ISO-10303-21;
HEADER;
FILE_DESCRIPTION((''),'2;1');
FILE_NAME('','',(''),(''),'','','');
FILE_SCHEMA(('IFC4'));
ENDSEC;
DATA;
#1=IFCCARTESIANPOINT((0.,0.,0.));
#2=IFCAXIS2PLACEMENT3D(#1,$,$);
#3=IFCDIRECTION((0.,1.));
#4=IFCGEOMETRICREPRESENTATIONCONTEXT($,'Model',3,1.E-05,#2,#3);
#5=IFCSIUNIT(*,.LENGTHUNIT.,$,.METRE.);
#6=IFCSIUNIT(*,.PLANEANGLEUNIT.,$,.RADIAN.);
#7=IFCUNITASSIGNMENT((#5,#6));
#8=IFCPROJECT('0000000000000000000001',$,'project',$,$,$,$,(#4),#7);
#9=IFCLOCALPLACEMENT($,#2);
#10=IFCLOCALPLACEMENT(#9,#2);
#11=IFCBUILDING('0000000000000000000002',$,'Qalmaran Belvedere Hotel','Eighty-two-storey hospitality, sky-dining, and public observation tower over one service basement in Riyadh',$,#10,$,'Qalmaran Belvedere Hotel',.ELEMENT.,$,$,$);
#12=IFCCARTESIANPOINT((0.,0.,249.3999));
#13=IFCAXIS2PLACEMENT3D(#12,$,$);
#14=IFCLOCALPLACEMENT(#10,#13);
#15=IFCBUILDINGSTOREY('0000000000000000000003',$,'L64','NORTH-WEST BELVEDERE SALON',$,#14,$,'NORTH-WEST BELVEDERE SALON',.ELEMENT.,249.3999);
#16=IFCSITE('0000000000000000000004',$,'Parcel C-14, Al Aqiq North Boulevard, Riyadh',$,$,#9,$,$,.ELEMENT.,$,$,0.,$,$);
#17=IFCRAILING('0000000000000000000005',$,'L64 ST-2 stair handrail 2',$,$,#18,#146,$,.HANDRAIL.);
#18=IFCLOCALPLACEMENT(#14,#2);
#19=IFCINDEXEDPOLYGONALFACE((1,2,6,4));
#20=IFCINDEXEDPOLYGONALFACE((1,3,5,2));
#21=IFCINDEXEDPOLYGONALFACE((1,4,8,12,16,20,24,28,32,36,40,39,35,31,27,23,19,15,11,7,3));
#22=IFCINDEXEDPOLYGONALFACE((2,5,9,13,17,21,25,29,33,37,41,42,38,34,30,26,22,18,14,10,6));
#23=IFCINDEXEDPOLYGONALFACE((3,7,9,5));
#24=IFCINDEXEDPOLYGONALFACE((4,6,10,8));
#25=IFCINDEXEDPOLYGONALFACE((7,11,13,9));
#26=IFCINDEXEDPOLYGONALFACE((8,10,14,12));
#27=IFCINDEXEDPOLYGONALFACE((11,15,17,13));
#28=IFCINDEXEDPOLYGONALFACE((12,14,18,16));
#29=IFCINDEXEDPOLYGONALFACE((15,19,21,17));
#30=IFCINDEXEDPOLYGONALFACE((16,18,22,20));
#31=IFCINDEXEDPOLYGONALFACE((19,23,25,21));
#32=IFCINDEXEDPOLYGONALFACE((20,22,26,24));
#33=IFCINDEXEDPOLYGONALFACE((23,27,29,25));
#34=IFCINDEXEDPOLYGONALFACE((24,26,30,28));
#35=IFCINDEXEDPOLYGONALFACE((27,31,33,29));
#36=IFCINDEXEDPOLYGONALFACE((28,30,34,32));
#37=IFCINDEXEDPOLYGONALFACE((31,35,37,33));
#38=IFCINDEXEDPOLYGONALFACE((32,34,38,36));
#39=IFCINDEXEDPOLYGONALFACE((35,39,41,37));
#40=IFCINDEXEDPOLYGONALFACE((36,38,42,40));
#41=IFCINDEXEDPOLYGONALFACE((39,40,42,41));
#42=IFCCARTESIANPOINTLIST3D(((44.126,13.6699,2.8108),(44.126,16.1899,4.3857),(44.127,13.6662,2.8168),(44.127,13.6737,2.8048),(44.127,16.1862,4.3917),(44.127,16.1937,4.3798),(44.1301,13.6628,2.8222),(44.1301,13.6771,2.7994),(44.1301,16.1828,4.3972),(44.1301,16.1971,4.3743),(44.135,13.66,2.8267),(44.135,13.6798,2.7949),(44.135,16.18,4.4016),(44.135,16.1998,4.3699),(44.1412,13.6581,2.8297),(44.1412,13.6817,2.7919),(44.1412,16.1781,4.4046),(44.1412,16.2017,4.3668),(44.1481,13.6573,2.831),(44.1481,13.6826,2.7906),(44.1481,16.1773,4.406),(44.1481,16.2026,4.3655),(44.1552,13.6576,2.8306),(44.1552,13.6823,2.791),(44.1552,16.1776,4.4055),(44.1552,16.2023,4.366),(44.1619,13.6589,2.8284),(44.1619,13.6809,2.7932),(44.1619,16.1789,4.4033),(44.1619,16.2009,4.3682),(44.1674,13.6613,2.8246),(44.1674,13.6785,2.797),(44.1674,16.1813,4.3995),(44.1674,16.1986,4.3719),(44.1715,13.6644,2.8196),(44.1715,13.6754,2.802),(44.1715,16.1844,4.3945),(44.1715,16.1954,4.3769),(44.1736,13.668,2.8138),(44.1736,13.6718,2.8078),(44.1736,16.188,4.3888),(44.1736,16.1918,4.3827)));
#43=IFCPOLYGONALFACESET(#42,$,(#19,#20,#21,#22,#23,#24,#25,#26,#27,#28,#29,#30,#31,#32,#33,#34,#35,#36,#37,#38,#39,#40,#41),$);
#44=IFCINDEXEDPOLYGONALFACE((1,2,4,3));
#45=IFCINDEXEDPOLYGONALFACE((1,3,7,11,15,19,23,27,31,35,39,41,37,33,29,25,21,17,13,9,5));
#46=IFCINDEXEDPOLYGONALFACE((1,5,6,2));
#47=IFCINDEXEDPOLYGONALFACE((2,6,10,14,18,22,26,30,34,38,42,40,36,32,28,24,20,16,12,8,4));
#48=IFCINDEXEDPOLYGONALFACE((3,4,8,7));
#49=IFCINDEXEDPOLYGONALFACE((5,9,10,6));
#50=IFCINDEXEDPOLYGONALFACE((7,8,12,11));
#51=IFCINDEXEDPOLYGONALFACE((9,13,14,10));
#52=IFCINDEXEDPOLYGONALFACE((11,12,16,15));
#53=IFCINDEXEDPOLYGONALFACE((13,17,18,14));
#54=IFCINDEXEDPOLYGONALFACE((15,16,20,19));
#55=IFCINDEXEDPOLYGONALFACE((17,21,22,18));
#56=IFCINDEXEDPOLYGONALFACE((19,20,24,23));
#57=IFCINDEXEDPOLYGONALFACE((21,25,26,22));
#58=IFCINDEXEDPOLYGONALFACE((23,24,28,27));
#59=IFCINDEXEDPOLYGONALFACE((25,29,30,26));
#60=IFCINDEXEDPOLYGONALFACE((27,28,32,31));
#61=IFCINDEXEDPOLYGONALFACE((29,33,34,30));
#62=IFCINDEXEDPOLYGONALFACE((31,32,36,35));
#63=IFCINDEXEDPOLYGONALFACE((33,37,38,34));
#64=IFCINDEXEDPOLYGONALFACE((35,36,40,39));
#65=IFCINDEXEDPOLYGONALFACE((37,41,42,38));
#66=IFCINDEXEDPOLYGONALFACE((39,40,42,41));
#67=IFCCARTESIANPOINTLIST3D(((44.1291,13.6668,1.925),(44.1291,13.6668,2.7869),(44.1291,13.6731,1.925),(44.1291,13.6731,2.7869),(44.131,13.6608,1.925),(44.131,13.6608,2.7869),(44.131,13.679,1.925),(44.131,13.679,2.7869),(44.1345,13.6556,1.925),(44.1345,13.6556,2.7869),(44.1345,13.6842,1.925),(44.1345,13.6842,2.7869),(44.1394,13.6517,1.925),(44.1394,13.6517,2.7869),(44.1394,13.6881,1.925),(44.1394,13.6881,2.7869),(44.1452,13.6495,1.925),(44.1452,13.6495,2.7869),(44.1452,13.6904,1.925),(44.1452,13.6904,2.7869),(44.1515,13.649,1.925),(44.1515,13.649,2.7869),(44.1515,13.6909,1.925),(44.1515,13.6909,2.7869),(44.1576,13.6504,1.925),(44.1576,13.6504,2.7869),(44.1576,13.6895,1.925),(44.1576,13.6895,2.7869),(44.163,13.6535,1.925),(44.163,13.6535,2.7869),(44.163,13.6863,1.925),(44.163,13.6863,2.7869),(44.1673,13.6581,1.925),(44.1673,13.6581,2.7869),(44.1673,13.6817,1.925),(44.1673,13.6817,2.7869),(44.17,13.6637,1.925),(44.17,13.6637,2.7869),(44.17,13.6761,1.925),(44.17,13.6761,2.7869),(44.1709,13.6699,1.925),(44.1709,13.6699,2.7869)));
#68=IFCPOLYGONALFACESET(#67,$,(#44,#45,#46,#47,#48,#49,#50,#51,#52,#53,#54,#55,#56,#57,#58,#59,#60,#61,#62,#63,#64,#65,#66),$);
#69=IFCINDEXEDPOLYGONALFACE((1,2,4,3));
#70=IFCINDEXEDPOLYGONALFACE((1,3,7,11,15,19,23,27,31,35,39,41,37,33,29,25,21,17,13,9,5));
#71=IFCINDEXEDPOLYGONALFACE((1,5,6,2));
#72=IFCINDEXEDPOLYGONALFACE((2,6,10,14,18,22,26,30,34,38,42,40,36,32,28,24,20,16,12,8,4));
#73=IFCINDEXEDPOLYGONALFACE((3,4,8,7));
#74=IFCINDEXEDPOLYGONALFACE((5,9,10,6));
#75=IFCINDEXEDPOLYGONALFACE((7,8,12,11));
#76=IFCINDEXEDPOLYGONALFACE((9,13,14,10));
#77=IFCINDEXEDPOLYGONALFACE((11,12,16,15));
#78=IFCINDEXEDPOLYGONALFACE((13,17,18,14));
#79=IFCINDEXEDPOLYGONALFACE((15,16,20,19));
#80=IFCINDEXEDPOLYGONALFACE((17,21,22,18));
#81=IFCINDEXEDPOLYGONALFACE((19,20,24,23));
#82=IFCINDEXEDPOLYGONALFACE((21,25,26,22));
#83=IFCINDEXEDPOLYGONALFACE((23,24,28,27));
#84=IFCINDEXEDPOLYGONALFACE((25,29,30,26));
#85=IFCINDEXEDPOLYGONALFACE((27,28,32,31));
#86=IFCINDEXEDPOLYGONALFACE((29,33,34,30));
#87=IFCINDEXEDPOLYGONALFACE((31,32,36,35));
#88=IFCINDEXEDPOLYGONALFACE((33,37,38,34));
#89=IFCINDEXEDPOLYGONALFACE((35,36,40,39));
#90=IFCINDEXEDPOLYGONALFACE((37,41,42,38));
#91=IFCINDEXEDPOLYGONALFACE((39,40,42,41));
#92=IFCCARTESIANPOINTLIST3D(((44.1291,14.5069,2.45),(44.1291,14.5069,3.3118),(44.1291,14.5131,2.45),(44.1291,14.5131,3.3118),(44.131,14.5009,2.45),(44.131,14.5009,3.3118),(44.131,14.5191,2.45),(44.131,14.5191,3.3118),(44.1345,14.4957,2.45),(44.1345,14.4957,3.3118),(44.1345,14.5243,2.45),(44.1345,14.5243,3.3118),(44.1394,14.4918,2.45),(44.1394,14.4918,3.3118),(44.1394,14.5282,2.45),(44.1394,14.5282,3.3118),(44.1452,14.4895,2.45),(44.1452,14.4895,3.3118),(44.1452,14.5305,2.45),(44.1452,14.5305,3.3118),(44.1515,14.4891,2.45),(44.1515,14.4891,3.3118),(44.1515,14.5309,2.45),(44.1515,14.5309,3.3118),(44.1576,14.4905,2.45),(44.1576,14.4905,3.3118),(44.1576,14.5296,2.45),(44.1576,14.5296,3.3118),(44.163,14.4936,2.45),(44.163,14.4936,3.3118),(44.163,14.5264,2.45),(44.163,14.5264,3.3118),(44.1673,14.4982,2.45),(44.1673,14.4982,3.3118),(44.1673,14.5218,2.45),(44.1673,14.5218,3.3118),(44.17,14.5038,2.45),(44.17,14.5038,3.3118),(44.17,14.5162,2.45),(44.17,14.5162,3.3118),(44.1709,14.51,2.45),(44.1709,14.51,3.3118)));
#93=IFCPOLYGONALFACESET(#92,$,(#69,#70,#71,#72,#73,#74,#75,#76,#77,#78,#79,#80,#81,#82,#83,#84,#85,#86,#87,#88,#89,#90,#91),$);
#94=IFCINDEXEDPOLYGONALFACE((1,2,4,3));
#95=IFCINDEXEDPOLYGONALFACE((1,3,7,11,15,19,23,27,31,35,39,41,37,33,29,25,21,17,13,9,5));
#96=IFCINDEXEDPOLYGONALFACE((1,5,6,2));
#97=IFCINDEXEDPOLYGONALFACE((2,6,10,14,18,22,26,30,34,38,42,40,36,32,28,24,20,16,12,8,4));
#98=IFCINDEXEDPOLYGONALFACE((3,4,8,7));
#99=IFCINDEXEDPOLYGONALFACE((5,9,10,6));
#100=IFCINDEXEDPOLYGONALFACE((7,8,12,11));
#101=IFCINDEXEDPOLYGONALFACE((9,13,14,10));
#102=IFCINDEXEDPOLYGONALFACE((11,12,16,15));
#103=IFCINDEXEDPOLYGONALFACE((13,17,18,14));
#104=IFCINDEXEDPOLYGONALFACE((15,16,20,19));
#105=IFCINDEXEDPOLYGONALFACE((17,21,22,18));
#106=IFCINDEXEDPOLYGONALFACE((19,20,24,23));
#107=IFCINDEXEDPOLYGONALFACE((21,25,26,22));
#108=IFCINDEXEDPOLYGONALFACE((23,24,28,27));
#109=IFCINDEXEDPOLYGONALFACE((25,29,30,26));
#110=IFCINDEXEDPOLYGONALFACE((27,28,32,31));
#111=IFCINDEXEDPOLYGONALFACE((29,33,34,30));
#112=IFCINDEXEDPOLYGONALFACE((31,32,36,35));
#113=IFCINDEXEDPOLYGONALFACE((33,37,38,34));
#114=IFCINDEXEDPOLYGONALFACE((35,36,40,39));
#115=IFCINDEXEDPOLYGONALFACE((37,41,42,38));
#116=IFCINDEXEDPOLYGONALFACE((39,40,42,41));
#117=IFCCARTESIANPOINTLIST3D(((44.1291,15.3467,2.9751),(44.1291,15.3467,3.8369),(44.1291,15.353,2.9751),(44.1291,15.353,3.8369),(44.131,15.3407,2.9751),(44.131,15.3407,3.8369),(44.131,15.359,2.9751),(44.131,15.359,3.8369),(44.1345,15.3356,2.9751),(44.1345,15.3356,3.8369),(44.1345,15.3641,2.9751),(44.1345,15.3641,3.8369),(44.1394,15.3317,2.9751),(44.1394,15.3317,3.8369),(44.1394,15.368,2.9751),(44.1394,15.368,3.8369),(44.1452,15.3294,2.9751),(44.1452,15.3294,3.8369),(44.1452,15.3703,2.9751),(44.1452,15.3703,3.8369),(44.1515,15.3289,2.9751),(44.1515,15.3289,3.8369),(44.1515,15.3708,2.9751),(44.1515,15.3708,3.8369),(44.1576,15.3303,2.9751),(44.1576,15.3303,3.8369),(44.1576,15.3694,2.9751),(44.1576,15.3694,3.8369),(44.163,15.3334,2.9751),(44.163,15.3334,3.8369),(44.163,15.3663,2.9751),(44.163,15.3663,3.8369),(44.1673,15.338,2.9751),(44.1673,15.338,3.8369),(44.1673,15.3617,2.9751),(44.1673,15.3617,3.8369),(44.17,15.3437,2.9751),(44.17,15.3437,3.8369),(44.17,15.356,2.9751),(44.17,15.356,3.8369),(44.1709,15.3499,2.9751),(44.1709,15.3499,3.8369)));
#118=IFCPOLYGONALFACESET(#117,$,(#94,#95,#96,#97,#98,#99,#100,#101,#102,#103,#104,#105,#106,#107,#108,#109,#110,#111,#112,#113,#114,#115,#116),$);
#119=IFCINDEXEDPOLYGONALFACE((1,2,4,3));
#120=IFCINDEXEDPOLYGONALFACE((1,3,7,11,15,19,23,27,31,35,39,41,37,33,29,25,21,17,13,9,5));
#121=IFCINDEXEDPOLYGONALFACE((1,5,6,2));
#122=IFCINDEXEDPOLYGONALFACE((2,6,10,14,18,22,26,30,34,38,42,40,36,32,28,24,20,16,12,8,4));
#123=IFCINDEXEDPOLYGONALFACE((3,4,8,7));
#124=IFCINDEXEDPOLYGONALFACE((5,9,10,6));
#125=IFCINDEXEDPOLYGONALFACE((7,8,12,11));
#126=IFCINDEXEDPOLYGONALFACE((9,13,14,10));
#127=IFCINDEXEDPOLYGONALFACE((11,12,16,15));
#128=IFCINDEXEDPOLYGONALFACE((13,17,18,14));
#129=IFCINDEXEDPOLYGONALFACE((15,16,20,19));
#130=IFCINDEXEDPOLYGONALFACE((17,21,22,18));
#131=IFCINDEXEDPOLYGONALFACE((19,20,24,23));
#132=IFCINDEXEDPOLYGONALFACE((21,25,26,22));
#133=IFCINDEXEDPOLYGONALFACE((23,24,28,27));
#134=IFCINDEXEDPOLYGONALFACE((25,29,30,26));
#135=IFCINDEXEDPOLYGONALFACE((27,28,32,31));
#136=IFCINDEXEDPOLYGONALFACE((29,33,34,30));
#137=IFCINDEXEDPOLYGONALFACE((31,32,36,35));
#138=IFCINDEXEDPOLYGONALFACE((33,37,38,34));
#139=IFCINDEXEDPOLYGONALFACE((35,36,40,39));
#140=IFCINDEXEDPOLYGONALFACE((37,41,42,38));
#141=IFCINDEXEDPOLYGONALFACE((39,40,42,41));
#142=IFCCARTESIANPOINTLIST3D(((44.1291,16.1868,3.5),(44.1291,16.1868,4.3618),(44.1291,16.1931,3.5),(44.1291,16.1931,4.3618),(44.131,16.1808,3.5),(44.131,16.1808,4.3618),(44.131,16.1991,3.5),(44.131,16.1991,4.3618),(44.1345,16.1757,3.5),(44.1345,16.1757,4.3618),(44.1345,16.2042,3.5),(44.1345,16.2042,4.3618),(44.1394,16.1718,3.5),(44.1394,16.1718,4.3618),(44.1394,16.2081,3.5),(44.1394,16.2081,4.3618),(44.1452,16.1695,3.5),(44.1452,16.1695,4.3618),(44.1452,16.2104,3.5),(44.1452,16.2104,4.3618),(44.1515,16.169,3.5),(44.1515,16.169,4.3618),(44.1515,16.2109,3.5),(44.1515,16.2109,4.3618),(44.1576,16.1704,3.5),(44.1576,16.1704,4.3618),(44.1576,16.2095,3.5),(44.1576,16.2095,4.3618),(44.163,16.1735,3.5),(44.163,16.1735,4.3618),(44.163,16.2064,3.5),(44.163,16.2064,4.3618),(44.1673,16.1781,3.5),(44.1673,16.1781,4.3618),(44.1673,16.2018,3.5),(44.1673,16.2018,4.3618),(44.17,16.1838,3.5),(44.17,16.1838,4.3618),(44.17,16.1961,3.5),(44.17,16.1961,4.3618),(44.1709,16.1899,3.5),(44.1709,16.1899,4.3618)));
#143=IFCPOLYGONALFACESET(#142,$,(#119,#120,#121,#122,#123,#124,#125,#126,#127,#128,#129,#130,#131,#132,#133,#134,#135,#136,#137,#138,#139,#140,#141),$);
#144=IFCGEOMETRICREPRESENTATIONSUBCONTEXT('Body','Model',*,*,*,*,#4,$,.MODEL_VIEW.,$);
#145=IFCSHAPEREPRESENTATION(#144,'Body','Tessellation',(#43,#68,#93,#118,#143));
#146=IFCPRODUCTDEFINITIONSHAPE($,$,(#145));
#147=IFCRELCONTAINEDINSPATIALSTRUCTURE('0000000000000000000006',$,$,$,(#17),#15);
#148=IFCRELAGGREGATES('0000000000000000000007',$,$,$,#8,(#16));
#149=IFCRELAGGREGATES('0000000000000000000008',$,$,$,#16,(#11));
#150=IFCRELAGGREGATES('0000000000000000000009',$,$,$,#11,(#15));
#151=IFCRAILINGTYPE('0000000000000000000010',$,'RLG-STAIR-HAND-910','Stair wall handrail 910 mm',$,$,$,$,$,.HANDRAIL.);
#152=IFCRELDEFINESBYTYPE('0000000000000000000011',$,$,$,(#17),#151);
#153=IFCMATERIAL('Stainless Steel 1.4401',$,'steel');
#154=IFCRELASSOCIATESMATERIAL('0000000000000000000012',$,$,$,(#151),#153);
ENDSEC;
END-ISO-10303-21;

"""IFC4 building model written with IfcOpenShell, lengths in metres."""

from ifc_helpers import new_model, si_unit, direction, frame, origin, origin_2d, place, context, subcontext, project, spatial, circle, extrude, material, type_object, element, save


model = new_model("IFC4")

# Units and contexts
model_context = context("Model", 3, precision=1e-05, world=origin(), true_north=direction((0.0, 1.0)))
body_context = subcontext(model_context, "Body", "Model", "MODEL_VIEW")
ifc_project = project(units=[si_unit("LENGTHUNIT", "METRE"), si_unit("PLANEANGLEUNIT", "RADIAN")], contexts=[model_context])

# Site, building, storey
site_placement = place(None, origin())
site = spatial("IfcSite", under=ifc_project, at=site_placement, Name="Parcel C-14, Al Aqiq North Boulevard, Riyadh", CompositionType="ELEMENT", RefElevation=0.0)
building_placement = place(site_placement, origin())
building = spatial("IfcBuilding", under=site, at=building_placement, Name="Qalmaran Belvedere Hotel", Description="Eighty-two-storey hospitality, sky-dining, and public observation tower over one service basement in Riyadh", LongName="Qalmaran Belvedere Hotel", CompositionType="ELEMENT")
storey_placement = place(building_placement, frame((0.0, 0.0, 249.3999)))
storey = spatial("IfcBuildingStorey", under=building, at=storey_placement, Name="L64", Description="NORTH-WEST BELVEDERE SALON", LongName="NORTH-WEST BELVEDERE SALON", CompositionType="ELEMENT", Elevation=249.3999)

# Railing
ifc_material_1 = material(Name="Stainless Steel 1.4401", Category="steel")
railing_type_1 = type_object("IfcRailingType", Name="RLG-STAIR-HAND-910", Description="Stair wall handrail 910 mm", PredefinedType="HANDRAIL", material=ifc_material_1)
railing_1_placement = place(storey_placement, frame((44.1499, 13.6699, 1.925)))
element("IfcRailing", 1, at=railing_1_placement, inside=storey, type_object=railing_type_1, Name="L64 ST-2 stair handrail 2", PredefinedType="HANDRAIL", context=body_context, shape_type="SweptSolid", body=[
    extrude(circle(Radius=0.0239, at=origin_2d()), frame((0.0, 0.0, 0.8857), z_axis=(0.0, 0.848008, 0.529984), x_axis=(-1.0, 0.0, 0.0)), (0.0, 0.0, 1.0), 2.9717),
    extrude(circle(Radius=0.021, at=origin_2d()), origin(), (0.0, 0.0, 1.0), 0.8618),
    extrude(circle(Radius=0.021, at=origin_2d()), frame((0.0, 0.8401, 0.5249)), (0.0, 0.0, 1.0), 0.8618),
    extrude(circle(Radius=0.021, at=origin_2d()), frame((0.0, 1.6799, 1.05)), (0.0, 0.0, 1.0), 0.8618),
    extrude(circle(Radius=0.021, at=origin_2d()), frame((0.0, 2.52, 1.575)), (0.0, 0.0, 1.0), 0.8618),
])

save(model, "model.ifc")
